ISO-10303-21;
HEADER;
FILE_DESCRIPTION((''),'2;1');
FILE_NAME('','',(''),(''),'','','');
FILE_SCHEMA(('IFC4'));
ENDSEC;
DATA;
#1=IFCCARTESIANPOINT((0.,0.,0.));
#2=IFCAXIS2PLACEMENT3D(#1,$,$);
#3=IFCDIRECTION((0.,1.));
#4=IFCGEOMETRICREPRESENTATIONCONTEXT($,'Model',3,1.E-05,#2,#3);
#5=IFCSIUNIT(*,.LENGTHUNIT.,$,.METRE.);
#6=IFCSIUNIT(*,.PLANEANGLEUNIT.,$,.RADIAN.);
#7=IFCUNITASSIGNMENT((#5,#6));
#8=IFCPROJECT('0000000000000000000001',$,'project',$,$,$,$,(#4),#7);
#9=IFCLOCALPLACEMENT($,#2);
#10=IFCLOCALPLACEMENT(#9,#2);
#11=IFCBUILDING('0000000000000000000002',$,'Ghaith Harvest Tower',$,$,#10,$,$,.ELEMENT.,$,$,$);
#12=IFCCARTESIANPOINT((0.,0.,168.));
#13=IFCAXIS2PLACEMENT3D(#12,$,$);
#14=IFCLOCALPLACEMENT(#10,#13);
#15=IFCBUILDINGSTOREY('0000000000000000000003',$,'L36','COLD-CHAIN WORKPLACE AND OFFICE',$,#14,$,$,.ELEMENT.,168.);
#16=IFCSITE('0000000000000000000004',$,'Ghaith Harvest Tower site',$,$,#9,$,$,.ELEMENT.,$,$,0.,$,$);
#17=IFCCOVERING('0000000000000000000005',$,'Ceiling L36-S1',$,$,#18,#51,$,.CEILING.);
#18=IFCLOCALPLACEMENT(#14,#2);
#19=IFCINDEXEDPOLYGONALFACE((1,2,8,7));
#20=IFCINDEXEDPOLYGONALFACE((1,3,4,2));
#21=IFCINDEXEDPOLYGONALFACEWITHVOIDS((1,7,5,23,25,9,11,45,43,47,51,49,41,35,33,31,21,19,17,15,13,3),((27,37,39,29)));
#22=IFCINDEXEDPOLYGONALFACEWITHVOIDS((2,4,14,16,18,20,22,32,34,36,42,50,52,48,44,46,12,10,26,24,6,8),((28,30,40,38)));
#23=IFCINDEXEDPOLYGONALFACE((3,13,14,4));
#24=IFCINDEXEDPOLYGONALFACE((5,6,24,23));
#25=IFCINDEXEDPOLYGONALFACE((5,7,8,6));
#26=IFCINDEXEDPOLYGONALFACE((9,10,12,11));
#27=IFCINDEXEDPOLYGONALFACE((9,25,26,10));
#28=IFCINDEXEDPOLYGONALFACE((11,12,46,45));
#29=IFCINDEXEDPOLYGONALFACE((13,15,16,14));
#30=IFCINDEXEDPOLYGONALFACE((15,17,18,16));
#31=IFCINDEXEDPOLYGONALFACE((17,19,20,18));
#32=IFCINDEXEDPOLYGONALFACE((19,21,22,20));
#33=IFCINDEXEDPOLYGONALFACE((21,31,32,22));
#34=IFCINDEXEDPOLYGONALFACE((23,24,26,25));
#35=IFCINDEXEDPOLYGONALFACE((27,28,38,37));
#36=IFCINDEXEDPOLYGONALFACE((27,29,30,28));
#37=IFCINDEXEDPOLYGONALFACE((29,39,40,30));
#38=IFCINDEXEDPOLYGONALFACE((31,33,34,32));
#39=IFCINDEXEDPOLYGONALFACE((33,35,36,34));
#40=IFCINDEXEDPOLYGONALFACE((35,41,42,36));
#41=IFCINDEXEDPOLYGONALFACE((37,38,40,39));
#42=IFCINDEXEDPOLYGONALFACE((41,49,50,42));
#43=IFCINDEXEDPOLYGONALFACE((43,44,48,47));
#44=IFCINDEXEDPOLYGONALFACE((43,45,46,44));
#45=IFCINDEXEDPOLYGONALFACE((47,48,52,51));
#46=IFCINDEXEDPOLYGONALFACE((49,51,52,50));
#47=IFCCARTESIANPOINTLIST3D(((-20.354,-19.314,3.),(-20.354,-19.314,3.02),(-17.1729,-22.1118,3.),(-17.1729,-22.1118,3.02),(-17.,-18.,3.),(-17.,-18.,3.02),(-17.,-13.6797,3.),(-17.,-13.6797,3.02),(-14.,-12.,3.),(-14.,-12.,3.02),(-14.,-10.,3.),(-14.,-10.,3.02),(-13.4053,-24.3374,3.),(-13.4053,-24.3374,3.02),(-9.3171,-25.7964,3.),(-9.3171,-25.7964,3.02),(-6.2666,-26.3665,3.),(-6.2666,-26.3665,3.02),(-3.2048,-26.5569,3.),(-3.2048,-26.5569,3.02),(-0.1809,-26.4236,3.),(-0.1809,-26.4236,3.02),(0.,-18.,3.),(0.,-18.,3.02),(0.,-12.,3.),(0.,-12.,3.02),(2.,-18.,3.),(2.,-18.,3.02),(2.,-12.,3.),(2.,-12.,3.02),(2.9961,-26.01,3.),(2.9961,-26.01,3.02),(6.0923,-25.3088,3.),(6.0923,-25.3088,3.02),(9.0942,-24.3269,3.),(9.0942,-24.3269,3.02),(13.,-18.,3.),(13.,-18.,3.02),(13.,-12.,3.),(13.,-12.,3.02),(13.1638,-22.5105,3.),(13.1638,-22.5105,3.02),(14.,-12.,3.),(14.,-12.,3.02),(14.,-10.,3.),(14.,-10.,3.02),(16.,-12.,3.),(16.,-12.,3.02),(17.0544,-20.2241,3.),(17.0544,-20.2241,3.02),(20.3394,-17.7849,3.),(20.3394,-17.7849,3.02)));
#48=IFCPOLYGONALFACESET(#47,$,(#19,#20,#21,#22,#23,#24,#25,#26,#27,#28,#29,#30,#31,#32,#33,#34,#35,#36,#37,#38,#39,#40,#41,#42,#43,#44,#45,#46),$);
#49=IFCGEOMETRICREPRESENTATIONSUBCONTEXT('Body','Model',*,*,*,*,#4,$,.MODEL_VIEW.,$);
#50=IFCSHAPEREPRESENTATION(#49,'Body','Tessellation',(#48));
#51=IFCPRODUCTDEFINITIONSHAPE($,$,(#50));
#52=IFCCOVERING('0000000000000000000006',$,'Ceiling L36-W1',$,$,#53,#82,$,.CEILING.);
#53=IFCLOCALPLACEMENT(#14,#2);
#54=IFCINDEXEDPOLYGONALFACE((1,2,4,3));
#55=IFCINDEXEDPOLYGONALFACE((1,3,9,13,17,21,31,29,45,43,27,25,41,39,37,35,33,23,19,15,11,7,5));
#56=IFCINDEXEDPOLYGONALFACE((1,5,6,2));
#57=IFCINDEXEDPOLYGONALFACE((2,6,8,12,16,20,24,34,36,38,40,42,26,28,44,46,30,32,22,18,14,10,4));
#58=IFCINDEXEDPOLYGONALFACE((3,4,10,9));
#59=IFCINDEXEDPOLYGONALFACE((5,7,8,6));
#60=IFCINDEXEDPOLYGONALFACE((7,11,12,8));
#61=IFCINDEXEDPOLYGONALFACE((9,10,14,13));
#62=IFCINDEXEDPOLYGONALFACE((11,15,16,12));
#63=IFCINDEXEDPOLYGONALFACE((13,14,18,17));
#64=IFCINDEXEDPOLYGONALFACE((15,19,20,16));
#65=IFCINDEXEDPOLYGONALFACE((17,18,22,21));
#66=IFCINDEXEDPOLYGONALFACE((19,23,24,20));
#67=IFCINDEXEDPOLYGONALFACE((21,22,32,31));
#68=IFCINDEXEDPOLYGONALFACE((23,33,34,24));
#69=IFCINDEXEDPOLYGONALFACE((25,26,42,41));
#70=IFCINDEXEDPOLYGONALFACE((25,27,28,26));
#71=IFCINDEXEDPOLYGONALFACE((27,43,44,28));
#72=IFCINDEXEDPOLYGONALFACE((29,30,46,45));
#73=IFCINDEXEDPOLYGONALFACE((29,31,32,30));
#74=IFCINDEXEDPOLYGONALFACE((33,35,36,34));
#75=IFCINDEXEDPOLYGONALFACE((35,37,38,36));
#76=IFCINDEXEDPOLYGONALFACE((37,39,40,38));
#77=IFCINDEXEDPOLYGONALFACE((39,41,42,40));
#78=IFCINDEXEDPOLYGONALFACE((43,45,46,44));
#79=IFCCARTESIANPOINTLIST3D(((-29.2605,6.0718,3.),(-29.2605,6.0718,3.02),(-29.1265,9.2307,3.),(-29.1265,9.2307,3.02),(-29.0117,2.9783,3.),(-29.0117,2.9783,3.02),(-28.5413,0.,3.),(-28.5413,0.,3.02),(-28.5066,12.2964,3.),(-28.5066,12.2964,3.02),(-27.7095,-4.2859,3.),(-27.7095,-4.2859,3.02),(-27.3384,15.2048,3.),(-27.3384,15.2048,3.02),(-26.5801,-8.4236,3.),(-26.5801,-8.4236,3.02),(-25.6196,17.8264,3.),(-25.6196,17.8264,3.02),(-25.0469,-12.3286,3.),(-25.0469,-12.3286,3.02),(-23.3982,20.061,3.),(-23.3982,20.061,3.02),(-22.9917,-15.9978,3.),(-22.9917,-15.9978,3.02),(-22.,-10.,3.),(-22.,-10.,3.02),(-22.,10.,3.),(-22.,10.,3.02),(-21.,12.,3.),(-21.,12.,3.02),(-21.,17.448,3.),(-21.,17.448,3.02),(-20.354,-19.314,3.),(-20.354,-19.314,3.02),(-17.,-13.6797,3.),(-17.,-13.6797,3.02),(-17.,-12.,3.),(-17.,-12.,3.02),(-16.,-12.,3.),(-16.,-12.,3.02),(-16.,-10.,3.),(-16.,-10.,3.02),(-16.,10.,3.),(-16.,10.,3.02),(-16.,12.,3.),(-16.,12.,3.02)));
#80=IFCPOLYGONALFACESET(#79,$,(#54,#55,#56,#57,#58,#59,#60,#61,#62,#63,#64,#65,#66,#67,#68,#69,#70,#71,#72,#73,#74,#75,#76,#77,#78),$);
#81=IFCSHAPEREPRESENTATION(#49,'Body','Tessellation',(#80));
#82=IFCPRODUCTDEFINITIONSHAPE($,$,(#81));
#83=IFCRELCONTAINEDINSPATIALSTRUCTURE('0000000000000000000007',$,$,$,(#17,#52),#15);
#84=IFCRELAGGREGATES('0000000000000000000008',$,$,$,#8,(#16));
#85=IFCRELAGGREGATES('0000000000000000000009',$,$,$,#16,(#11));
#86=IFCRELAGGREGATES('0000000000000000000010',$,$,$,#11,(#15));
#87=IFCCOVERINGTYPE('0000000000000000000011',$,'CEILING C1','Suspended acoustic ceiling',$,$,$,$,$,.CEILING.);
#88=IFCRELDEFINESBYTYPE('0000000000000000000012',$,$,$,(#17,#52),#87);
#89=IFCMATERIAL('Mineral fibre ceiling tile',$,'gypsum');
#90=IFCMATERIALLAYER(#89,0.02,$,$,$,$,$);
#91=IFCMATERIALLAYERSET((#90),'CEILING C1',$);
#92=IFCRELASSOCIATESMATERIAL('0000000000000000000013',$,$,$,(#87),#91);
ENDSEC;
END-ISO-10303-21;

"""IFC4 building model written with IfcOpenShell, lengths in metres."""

from ifc_helpers import new_model, si_unit, direction, frame, origin, place, context, subcontext, project, spatial, polyline, outline, extrude, material, layer, layer_set, type_object, element, save


model = new_model("IFC4")

# Units and contexts
model_context = context("Model", 3, precision=1e-05, world=origin(), true_north=direction((0.0, 1.0)))
body_context = subcontext(model_context, "Body", "Model", "MODEL_VIEW")
ifc_project = project(units=[si_unit("LENGTHUNIT", "METRE"), si_unit("PLANEANGLEUNIT", "RADIAN")], contexts=[model_context])

# Site, building, storey
site_placement = place(None, origin())
site = spatial("IfcSite", under=ifc_project, at=site_placement, Name="Ghaith Harvest Tower site", CompositionType="ELEMENT", RefElevation=0.0)
building_placement = place(site_placement, origin())
building = spatial("IfcBuilding", under=site, at=building_placement, Name="Ghaith Harvest Tower", CompositionType="ELEMENT")
storey_placement = place(building_placement, frame((0.0, 0.0, 168.0)))
storey = spatial("IfcBuildingStorey", under=building, at=storey_placement, Name="L36", Description="COLD-CHAIN WORKPLACE AND OFFICE", CompositionType="ELEMENT", Elevation=168.0)

# Coverings
ifc_material_1 = material(Name="Mineral fibre ceiling tile", Category="gypsum")
ifc_layer_1 = layer(ifc_material_1, 0.02)
ifc_layer_set_1 = layer_set([ifc_layer_1], Name="CEILING C1")
covering_type = type_object("IfcCoveringType", Name="CEILING C1", Description="Suspended acoustic ceiling", PredefinedType="CEILING", material=ifc_layer_set_1)
covering_1_placement = place(storey_placement, frame((0.0, 0.0, 3.0)))
element("IfcCovering", 1, at=covering_1_placement, inside=storey, type_object=covering_type, Name="Ceiling L36-S1", PredefinedType="CEILING", context=body_context, shape_type="SweptSolid", body=[
    extrude(outline(polyline([(17.0544, -20.2241), (13.1638, -22.5105), (9.0942, -24.3269), (6.0923, -25.3088), (2.9961, -26.01), (-0.1809, -26.4236), (-3.2048, -26.5569), (-6.2666, -26.3665), (-9.3171, -25.7964), (-13.4053, -24.3374), (-17.1729, -22.1118), (-20.354, -19.314), (-17.0, -13.6797), (-17.0, -18.0), (0.0, -18.0), (0.0, -12.0), (-14.0, -12.0), (-14.0, -10.0), (14.0, -10.0), (14.0, -12.0), (16.0, -12.0), (20.3394, -17.7849), (17.0544, -20.2241)]), holes=[polyline([(2.0, -18.0), (13.0, -18.0), (13.0, -12.0), (2.0, -12.0), (2.0, -18.0)])]), origin(), (0.0, 0.0, 1.0), 0.02),
])
covering_2_placement = place(storey_placement, frame((0.0, 0.0, 3.0)))
element("IfcCovering", 2, at=covering_2_placement, inside=storey, type_object=covering_type, Name="Ceiling L36-W1", PredefinedType="CEILING", context=body_context, shape_type="SweptSolid", body=[
    extrude(outline(polyline([(-28.5066, 12.2964), (-27.3384, 15.2048), (-25.6196, 17.8264), (-23.3982, 20.061), (-21.0, 17.448), (-21.0, 12.0), (-16.0, 12.0), (-16.0, 10.0), (-22.0, 10.0), (-22.0, -10.0), (-16.0, -10.0), (-16.0, -12.0), (-17.0, -12.0), (-17.0, -13.6797), (-20.354, -19.314), (-22.9917, -15.9978), (-25.0469, -12.3286), (-26.5801, -8.4236), (-27.7095, -4.2859), (-28.5413, 0.0), (-29.0117, 2.9783), (-29.2605, 6.0718), (-29.1265, 9.2307), (-28.5066, 12.2964)])), origin(), (0.0, 0.0, 1.0), 0.02),
])

save(model, "model.ifc")
